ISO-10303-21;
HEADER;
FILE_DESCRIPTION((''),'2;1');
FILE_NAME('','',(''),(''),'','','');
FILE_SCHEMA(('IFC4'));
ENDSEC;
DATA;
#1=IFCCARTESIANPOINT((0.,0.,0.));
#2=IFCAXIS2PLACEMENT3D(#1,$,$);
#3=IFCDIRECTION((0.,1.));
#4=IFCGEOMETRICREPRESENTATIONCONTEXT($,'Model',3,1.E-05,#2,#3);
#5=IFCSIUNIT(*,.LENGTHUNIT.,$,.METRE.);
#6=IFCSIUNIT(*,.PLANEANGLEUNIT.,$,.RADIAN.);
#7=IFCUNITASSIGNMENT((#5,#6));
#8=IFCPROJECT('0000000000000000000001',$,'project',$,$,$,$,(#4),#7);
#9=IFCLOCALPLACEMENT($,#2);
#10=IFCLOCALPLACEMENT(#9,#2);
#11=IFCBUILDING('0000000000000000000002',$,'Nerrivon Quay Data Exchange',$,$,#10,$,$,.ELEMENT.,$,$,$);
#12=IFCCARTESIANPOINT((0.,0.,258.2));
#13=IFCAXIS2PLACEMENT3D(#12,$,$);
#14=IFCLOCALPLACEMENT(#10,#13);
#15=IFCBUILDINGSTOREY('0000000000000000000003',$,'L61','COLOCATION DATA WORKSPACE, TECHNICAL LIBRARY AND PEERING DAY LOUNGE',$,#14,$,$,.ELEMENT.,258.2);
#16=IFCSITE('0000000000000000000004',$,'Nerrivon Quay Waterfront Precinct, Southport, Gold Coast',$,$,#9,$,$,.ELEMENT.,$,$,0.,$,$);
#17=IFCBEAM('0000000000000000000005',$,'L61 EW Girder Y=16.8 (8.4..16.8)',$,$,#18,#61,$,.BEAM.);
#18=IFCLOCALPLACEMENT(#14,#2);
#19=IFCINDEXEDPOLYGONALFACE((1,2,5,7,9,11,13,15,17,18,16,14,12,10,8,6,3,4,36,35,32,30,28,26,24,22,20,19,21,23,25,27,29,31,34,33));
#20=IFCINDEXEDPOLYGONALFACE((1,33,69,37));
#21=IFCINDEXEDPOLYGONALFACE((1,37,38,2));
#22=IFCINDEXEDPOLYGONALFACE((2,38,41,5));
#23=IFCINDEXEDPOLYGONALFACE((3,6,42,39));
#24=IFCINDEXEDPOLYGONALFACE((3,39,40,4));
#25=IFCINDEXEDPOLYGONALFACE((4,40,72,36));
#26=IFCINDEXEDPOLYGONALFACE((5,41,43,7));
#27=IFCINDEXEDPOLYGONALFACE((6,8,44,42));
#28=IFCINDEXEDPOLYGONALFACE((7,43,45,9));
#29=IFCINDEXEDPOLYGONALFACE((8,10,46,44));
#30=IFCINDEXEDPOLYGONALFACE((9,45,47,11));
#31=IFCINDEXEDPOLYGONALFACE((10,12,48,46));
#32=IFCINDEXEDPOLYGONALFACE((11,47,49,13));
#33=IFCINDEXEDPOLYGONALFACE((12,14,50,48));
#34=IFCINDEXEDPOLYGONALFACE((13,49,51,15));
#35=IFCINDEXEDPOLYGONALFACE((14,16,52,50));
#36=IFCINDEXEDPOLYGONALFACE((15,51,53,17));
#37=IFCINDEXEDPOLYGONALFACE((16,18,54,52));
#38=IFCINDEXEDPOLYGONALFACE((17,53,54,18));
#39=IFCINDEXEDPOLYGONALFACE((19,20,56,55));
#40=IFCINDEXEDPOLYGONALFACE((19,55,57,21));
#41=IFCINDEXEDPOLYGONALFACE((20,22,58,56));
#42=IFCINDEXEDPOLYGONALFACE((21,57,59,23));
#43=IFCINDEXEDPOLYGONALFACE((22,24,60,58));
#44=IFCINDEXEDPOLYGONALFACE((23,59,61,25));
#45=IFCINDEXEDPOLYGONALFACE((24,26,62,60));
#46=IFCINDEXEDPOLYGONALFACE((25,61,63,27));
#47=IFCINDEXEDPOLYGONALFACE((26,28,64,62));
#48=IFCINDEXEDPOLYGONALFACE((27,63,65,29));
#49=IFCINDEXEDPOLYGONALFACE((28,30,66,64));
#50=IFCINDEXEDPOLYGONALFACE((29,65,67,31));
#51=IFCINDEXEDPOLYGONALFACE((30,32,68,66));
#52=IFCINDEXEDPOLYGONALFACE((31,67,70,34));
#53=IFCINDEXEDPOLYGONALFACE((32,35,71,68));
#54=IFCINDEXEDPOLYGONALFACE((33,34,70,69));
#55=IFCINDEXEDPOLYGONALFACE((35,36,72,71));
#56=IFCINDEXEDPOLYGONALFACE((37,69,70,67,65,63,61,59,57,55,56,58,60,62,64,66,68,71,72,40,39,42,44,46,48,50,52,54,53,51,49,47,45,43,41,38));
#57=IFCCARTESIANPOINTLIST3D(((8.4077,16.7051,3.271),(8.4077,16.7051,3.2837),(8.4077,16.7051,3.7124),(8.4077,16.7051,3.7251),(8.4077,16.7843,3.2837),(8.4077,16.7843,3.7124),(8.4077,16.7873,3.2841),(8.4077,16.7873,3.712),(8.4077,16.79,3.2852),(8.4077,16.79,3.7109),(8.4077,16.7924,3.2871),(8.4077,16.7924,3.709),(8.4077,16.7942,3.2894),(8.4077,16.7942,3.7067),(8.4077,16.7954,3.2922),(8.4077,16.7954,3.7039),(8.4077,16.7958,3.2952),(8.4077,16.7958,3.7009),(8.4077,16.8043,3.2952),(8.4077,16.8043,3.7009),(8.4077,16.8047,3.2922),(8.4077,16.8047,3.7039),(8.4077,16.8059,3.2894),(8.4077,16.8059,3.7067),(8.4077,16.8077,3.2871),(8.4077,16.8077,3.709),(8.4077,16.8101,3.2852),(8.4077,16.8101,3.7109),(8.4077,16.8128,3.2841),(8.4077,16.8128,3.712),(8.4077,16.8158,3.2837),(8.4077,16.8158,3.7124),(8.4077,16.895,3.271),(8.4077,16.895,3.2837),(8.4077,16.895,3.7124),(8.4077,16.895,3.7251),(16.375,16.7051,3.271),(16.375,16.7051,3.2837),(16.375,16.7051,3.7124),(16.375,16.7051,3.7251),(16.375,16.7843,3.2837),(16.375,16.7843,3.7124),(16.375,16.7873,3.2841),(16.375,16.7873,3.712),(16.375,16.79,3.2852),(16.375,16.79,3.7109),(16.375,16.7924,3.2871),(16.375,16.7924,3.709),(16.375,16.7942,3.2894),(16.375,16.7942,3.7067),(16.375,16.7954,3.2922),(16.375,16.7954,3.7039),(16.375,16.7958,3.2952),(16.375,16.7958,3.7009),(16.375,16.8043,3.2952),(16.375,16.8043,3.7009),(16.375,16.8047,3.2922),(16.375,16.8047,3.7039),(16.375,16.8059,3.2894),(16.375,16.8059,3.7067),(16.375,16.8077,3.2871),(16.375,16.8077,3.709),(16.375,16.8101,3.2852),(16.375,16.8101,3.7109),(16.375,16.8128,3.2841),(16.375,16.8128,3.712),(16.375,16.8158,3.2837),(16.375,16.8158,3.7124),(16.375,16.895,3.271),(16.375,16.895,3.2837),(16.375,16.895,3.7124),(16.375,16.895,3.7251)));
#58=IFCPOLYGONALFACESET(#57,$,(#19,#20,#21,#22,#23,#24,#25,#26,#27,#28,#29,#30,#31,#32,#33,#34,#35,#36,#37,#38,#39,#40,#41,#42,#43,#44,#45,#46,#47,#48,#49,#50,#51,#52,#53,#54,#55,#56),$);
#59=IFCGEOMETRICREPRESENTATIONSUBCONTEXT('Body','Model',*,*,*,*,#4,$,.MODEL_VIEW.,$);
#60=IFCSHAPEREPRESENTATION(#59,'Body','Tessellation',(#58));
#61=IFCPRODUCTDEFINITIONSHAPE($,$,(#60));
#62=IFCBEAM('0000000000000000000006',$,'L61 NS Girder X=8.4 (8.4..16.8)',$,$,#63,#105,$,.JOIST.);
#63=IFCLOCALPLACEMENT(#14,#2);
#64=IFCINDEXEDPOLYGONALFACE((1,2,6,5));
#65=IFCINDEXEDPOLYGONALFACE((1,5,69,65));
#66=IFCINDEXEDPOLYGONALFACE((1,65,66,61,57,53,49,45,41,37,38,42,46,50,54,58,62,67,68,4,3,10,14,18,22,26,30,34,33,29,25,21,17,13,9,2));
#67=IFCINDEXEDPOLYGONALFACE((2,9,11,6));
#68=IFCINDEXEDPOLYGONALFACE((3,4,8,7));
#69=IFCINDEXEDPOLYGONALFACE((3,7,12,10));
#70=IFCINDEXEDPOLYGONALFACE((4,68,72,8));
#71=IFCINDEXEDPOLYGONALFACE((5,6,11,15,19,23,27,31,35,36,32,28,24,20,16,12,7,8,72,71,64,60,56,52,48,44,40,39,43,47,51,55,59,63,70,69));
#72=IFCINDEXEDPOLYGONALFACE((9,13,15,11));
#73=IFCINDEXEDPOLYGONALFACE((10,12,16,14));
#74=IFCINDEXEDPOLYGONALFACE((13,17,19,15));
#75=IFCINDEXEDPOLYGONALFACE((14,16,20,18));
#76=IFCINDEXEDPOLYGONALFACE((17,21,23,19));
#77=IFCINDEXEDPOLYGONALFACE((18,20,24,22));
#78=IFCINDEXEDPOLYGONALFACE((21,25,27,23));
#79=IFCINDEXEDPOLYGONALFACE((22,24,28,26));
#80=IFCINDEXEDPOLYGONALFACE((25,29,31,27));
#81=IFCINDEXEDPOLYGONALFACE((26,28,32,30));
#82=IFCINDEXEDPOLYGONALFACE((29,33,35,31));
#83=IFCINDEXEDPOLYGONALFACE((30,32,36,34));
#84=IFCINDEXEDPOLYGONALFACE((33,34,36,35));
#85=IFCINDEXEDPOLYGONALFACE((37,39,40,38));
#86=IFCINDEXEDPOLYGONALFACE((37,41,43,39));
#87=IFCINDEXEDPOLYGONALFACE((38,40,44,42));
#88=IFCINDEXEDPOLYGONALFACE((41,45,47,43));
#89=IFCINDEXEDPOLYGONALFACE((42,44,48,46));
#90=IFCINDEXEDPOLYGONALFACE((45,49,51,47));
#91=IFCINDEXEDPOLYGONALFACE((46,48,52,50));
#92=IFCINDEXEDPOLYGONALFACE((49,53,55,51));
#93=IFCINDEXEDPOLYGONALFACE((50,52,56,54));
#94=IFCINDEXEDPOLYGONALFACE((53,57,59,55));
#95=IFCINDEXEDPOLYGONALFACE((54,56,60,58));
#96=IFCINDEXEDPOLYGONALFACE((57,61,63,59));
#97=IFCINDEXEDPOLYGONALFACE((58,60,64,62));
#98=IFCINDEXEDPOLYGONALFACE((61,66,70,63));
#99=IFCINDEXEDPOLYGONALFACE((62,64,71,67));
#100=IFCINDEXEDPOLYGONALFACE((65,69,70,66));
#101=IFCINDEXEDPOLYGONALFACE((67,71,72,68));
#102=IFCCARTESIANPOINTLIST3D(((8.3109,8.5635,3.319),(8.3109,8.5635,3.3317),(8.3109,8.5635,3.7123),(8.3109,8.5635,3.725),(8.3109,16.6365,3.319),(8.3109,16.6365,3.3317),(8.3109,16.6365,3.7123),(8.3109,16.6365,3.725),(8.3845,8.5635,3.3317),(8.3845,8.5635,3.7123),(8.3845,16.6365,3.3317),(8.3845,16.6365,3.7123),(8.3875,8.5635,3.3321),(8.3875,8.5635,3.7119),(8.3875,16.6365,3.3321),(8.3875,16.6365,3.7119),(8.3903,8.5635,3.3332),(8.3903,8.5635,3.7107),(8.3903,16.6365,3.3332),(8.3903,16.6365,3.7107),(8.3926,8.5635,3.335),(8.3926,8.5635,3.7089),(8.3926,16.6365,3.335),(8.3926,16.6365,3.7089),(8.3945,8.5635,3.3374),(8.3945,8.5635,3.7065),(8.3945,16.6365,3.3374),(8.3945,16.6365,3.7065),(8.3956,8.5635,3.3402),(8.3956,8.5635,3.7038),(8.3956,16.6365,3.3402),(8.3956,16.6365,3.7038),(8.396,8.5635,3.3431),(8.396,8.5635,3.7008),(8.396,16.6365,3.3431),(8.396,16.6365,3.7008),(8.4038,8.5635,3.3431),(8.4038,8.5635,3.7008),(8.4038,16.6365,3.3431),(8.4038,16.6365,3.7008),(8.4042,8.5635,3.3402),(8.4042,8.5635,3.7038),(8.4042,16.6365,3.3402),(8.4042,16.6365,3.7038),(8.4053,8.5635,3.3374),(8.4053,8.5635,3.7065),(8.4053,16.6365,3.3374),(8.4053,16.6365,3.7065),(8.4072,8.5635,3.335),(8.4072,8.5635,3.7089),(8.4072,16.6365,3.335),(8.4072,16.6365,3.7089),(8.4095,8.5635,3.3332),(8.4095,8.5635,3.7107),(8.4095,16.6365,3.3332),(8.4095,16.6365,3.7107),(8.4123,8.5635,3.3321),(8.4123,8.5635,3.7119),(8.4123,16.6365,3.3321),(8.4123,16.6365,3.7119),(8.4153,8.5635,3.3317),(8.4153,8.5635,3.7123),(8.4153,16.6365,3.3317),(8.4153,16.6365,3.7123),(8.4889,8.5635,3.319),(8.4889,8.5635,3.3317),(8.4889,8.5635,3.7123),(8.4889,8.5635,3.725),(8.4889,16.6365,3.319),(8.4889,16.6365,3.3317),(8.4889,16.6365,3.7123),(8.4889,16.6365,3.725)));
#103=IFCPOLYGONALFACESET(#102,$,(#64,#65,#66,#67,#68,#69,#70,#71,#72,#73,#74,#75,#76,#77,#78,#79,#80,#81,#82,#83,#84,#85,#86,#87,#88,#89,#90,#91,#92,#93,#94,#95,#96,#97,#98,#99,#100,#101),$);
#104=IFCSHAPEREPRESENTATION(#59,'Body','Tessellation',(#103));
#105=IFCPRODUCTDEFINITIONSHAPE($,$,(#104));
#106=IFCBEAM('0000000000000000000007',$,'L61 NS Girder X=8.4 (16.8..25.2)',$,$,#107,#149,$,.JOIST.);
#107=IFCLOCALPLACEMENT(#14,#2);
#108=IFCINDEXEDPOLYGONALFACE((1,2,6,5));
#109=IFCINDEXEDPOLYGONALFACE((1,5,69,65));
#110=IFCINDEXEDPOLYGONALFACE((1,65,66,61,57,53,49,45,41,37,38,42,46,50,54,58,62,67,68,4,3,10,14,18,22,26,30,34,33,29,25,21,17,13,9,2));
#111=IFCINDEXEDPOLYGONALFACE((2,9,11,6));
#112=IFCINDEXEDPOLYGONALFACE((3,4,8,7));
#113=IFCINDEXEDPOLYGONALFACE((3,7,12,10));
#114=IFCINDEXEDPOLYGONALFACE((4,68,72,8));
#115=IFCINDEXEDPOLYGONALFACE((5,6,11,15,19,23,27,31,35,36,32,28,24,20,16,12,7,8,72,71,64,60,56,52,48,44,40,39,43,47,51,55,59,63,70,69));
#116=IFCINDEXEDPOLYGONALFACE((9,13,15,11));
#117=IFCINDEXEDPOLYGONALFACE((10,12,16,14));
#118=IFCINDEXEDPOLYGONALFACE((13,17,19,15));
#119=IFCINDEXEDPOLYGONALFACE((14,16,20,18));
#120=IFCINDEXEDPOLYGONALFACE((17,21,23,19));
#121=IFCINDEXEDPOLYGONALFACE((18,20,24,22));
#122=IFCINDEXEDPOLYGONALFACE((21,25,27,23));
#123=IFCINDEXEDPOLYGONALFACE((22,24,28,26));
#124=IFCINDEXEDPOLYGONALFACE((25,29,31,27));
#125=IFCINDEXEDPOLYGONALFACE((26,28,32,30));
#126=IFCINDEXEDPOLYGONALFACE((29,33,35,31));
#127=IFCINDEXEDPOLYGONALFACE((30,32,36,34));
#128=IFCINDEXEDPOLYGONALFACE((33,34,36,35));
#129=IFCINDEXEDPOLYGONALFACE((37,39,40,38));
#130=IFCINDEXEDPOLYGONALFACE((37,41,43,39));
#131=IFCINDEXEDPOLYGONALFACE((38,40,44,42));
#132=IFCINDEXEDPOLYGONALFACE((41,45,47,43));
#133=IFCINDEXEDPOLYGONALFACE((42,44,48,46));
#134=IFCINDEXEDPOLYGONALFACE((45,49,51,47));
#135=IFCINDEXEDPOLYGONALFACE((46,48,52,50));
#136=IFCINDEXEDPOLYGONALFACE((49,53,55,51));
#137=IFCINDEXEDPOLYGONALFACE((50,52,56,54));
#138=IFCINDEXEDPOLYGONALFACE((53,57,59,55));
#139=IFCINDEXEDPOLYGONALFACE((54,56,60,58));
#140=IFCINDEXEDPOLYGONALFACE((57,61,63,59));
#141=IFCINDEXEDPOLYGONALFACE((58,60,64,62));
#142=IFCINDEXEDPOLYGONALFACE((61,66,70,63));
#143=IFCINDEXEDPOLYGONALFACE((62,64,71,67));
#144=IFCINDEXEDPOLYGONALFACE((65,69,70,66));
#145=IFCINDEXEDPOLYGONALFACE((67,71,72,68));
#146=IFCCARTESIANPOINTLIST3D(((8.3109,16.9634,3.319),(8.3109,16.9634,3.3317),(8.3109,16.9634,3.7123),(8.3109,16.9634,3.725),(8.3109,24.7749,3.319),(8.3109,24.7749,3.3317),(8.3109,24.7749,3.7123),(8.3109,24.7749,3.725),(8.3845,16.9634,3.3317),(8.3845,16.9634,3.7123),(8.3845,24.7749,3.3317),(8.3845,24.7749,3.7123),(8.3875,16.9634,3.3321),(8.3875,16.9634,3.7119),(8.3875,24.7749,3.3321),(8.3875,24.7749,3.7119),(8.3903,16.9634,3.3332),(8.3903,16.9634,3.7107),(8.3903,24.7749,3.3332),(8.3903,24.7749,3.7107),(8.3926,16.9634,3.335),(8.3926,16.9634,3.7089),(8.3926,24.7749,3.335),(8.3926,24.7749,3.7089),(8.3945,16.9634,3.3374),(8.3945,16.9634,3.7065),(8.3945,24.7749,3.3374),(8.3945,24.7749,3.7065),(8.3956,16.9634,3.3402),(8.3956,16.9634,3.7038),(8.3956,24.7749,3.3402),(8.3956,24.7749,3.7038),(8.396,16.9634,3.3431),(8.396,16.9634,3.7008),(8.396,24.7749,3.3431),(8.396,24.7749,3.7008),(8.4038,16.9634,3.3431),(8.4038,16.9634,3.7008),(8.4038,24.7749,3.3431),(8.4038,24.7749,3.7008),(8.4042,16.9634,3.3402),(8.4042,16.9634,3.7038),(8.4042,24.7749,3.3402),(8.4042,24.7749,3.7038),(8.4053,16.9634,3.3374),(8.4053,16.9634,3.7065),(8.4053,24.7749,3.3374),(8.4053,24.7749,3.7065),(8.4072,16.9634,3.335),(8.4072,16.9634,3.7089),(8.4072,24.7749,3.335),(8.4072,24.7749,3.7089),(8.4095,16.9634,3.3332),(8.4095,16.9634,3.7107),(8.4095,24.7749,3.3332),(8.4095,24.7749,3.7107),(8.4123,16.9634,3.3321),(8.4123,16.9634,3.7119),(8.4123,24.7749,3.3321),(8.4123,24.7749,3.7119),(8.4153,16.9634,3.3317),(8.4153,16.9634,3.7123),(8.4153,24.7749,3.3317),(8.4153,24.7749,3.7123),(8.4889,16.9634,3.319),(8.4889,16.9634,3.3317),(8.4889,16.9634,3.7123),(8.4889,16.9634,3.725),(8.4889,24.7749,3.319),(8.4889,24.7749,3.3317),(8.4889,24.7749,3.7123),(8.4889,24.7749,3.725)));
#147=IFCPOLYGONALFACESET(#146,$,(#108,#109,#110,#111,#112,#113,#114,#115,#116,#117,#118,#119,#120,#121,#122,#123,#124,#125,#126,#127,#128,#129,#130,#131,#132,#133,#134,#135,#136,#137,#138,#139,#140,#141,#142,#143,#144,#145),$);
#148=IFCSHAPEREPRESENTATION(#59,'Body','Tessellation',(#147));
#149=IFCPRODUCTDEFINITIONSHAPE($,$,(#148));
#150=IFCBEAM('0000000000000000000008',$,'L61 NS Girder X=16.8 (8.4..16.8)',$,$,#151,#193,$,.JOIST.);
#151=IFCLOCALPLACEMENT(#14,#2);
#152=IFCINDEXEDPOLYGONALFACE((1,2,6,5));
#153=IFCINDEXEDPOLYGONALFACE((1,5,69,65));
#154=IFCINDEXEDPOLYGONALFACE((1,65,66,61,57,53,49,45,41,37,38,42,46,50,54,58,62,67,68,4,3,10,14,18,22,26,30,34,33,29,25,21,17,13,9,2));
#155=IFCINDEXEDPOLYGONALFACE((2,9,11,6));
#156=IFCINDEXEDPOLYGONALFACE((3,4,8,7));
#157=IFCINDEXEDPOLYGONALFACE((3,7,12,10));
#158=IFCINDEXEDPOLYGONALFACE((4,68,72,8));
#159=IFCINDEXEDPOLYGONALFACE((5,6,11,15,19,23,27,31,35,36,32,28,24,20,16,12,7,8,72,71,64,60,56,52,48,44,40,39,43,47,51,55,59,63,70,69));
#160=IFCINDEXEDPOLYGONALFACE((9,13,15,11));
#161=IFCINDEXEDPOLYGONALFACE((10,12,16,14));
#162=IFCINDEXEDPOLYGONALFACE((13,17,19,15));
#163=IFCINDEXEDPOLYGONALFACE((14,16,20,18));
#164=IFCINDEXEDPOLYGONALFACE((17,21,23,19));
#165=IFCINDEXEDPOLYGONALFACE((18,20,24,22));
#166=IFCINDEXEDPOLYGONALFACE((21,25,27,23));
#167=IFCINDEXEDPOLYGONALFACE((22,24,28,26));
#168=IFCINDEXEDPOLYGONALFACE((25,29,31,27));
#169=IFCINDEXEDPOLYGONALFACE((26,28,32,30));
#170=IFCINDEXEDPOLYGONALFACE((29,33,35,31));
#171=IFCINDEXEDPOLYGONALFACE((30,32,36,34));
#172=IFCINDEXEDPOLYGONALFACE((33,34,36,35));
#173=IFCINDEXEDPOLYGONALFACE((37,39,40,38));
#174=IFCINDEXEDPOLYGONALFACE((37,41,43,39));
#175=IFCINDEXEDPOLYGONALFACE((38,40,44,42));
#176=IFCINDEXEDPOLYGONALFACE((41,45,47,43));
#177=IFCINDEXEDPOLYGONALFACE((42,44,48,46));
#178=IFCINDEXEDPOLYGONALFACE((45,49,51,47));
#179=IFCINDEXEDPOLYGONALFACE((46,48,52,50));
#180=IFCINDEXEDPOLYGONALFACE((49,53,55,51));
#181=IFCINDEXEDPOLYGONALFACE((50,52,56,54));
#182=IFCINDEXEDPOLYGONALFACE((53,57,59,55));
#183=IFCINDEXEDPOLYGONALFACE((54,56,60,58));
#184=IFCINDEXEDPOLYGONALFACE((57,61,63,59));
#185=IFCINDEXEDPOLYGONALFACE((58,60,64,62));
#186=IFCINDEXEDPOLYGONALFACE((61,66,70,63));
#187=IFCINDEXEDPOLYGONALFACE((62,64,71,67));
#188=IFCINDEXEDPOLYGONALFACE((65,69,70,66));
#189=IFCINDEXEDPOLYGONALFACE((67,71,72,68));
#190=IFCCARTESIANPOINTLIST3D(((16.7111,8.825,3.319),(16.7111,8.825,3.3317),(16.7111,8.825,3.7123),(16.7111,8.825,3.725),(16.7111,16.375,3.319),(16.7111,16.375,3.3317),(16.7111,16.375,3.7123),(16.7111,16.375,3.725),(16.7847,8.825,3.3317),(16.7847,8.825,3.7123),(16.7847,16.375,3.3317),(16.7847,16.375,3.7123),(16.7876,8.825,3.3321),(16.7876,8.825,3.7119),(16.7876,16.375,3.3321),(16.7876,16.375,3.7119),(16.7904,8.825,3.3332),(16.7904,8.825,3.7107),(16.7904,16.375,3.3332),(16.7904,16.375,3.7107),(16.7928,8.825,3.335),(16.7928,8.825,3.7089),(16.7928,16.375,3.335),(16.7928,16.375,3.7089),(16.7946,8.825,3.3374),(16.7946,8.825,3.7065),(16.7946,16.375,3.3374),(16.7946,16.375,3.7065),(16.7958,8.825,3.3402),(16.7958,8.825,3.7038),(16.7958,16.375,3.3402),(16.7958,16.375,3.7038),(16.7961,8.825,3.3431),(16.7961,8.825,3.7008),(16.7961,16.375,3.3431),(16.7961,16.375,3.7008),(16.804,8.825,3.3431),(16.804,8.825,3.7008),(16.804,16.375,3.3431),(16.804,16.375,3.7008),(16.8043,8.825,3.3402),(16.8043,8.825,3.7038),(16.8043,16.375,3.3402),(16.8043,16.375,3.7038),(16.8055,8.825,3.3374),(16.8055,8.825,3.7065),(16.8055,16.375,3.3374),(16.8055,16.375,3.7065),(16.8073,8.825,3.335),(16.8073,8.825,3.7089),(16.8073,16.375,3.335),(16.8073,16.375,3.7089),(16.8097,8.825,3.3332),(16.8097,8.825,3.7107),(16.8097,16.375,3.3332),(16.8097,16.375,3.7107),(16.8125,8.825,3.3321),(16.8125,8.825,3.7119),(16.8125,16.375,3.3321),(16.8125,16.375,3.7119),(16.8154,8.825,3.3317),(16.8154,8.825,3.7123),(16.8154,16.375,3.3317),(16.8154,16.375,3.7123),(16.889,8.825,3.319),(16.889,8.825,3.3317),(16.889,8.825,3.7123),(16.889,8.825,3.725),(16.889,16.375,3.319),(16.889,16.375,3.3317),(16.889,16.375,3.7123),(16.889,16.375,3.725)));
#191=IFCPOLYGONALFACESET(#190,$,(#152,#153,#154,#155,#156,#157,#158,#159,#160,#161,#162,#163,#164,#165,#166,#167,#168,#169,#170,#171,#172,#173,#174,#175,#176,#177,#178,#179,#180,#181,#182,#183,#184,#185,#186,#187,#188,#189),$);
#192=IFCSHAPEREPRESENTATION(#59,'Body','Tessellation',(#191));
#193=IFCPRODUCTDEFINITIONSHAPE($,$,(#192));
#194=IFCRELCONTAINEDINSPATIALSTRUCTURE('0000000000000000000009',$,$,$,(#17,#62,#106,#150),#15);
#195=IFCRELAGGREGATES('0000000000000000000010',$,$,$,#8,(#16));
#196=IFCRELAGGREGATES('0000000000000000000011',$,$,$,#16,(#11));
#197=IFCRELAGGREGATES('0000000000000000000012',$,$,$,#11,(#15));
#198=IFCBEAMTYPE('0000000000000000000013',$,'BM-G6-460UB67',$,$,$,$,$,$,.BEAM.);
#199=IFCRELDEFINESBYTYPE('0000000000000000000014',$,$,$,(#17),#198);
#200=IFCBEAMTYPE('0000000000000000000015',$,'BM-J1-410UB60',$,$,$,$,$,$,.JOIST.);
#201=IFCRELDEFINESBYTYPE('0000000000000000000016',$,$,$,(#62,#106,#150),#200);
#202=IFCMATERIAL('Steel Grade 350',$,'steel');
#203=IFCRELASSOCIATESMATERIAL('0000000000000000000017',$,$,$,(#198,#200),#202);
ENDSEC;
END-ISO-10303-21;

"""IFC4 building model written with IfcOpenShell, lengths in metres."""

from ifc_helpers import new_model, si_unit, direction, frame, origin, origin_2d, place, context, subcontext, project, spatial, i_section, extrude, material, material_profile, profile_set, type_object, element, save


model = new_model("IFC4")

# Units and contexts
model_context = context("Model", 3, precision=1e-05, world=origin(), true_north=direction((0.0, 1.0)))
body_context = subcontext(model_context, "Body", "Model", "MODEL_VIEW")
ifc_project = project(units=[si_unit("LENGTHUNIT", "METRE"), si_unit("PLANEANGLEUNIT", "RADIAN")], contexts=[model_context])

# Site, building, storey
site_placement = place(None, origin())
site = spatial("IfcSite", under=ifc_project, at=site_placement, Name="Nerrivon Quay Waterfront Precinct, Southport, Gold Coast", CompositionType="ELEMENT", RefElevation=0.0)
building_placement = place(site_placement, origin())
building = spatial("IfcBuilding", under=site, at=building_placement, Name="Nerrivon Quay Data Exchange", CompositionType="ELEMENT")
storey_placement = place(building_placement, frame((0.0, 0.0, 258.2)))
storey = spatial("IfcBuildingStorey", under=building, at=storey_placement, Name="L61", Description="COLOCATION DATA WORKSPACE, TECHNICAL LIBRARY AND PEERING DAY LOUNGE", CompositionType="ELEMENT", Elevation=258.2)

# Shared definitions
ifc_material_1 = material(Name="Steel Grade 350", Category="steel")

# Beams
ifc_material_profile_1 = material_profile(ifc_material_1, i_section(OverallWidth=0.1899, OverallDepth=0.4541, WebThickness=0.0085, FlangeThickness=0.0127, FilletRadius=0.0115, at=origin_2d()), Name="460UB67.1")
ifc_profile_set_1 = profile_set([ifc_material_profile_1], Name="Steel Grade 350")
beam_type_1 = type_object("IfcBeamType", Name="BM-G6-460UB67", PredefinedType="BEAM", material=ifc_profile_set_1)
for number, where, z_axis, x_axis, name in (
    (1, (8.4077, 16.8, 3.498), (1.0, 0.0, 0.0), (0.0, 1.0, 0.0), "L61 EW Girder Y=16.8 (8.4..16.8)"),
):
    element("IfcBeam", number, at=place(storey_placement, frame(where, z_axis=z_axis, x_axis=x_axis)), inside=storey, type_object=beam_type_1, Name=name, PredefinedType="BEAM", context=body_context, shape_type="SweptSolid", body=[
        extrude(i_section(OverallWidth=0.1899, OverallDepth=0.4541, WebThickness=0.0085, FlangeThickness=0.0127, FilletRadius=0.0115, at=origin_2d()), origin(), (0.0, 0.0, 1.0), 7.9673),
    ])
ifc_material_profile_2 = material_profile(ifc_material_1, i_section(OverallWidth=0.178, OverallDepth=0.406, WebThickness=0.0078, FlangeThickness=0.0127, FilletRadius=0.0115, at=origin_2d()), Name="410UB59.7")
ifc_profile_set_2 = profile_set([ifc_material_profile_2], Name="Steel Grade 350")
beam_type_2 = type_object("IfcBeamType", Name="BM-J1-410UB60", PredefinedType="JOIST", material=ifc_profile_set_2)
beam_1_placement = place(storey_placement, frame((8.3999, 8.5635, 3.522), z_axis=(0.0, 1.0, 0.0), x_axis=(-1.0, 0.0, 0.0)))
element("IfcBeam", 2, at=beam_1_placement, inside=storey, type_object=beam_type_2, Name="L61 NS Girder X=8.4 (8.4..16.8)", PredefinedType="JOIST", context=body_context, shape_type="SweptSolid", body=[
    extrude(i_section(OverallWidth=0.178, OverallDepth=0.406, WebThickness=0.0078, FlangeThickness=0.0127, FilletRadius=0.0115, at=origin_2d()), origin(), (0.0, 0.0, 1.0), 8.073),
])
beam_2_placement = place(storey_placement, frame((8.3999, 16.9634, 3.522), z_axis=(0.0, 1.0, 0.0), x_axis=(-1.0, 0.0, 0.0)))
element("IfcBeam", 3, at=beam_2_placement, inside=storey, type_object=beam_type_2, Name="L61 NS Girder X=8.4 (16.8..25.2)", PredefinedType="JOIST", context=body_context, shape_type="SweptSolid", body=[
    extrude(i_section(OverallWidth=0.178, OverallDepth=0.406, WebThickness=0.0078, FlangeThickness=0.0127, FilletRadius=0.0115, at=origin_2d()), origin(), (0.0, 0.0, 1.0), 7.8115),
])
beam_3_placement = place(storey_placement, frame((16.8, 8.825, 3.522), z_axis=(0.0, 1.0, 0.0), x_axis=(-1.0, 0.0, 0.0)))
element("IfcBeam", 4, at=beam_3_placement, inside=storey, type_object=beam_type_2, Name="L61 NS Girder X=16.8 (8.4..16.8)", PredefinedType="JOIST", context=body_context, shape_type="SweptSolid", body=[
    extrude(i_section(OverallWidth=0.178, OverallDepth=0.406, WebThickness=0.0078, FlangeThickness=0.0127, FilletRadius=0.0115, at=origin_2d()), origin(), (0.0, 0.0, 1.0), 7.55),
])

save(model, "model.ifc")
